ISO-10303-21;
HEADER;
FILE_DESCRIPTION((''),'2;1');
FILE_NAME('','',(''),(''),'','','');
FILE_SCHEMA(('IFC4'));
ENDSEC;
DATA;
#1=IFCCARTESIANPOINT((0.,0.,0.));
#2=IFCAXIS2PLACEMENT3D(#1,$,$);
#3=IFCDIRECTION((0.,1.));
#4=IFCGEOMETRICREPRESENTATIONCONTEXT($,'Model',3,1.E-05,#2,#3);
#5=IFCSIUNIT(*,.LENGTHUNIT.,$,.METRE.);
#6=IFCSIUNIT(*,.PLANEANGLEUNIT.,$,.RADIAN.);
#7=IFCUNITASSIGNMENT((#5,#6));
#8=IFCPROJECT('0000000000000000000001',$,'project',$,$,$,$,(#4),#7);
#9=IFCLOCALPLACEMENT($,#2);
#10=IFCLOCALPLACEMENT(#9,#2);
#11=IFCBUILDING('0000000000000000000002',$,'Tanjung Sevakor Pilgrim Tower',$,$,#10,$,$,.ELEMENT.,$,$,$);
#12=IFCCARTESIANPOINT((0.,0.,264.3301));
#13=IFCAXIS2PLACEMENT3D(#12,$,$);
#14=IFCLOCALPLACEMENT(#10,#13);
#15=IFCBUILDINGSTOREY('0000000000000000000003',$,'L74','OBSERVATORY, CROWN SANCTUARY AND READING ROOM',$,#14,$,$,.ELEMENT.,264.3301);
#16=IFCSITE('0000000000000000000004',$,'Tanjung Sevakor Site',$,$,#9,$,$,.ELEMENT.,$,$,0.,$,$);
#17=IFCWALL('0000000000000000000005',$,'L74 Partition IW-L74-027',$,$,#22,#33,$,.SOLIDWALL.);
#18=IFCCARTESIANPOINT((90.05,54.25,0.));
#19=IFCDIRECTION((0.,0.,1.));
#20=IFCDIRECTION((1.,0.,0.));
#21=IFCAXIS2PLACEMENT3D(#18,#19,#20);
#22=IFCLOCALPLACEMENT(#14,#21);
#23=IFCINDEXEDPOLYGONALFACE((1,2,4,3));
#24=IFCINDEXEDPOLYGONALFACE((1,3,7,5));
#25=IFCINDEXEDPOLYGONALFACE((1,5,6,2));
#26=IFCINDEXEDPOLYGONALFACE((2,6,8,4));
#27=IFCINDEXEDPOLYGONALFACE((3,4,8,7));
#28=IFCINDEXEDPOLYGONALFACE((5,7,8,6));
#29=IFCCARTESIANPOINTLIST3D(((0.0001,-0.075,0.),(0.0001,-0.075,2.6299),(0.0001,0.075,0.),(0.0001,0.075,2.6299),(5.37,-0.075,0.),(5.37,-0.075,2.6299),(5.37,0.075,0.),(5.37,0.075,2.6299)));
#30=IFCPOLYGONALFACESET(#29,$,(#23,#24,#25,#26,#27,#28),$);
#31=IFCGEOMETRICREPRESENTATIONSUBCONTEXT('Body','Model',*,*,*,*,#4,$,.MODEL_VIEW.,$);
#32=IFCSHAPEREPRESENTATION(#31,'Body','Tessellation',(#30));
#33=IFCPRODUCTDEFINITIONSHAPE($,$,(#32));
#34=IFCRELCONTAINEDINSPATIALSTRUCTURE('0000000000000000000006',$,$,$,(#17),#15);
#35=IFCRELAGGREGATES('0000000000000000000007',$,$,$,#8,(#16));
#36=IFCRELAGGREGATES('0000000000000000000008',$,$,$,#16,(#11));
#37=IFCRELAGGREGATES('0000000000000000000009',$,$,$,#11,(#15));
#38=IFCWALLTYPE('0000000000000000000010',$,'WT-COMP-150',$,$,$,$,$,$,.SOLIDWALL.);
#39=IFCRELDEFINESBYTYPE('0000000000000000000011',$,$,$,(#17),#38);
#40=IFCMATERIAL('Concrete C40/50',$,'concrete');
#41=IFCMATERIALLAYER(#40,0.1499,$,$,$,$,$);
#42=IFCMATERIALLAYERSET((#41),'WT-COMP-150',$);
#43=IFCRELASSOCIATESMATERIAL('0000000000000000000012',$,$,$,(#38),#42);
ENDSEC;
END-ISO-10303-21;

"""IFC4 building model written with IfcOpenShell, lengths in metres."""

from ifc_helpers import new_model, si_unit, direction, frame, frame_2d, origin, place, context, subcontext, project, spatial, rectangle, extrude, material, layer, layer_set, type_object, element, save


model = new_model("IFC4")

# Units and contexts
model_context = context("Model", 3, precision=1e-05, world=origin(), true_north=direction((0.0, 1.0)))
body_context = subcontext(model_context, "Body", "Model", "MODEL_VIEW")
ifc_project = project(units=[si_unit("LENGTHUNIT", "METRE"), si_unit("PLANEANGLEUNIT", "RADIAN")], contexts=[model_context])

# Site, building, storey
site_placement = place(None, origin())
site = spatial("IfcSite", under=ifc_project, at=site_placement, Name="Tanjung Sevakor Site", CompositionType="ELEMENT", RefElevation=0.0)
building_placement = place(site_placement, origin())
building = spatial("IfcBuilding", under=site, at=building_placement, Name="Tanjung Sevakor Pilgrim Tower", CompositionType="ELEMENT")
storey_placement = place(building_placement, frame((0.0, 0.0, 264.3301)))
storey = spatial("IfcBuildingStorey", under=building, at=storey_placement, Name="L74", Description="OBSERVATORY, CROWN SANCTUARY AND READING ROOM", CompositionType="ELEMENT", Elevation=264.3301)

# Wall
ifc_material_1 = material(Name="Concrete C40/50", Category="concrete")
ifc_layer_1 = layer(ifc_material_1, 0.1499)
ifc_layer_set_1 = layer_set([ifc_layer_1], Name="WT-COMP-150")
wall_type_1 = type_object("IfcWallType", Name="WT-COMP-150", PredefinedType="SOLIDWALL", material=ifc_layer_set_1)
wall_placement = place(storey_placement, frame((90.05, 54.25, 0.0), z_axis=(0.0, 0.0, 1.0), x_axis=(1.0, 0.0, 0.0)))
element("IfcWall", 1, at=wall_placement, inside=storey, type_object=wall_type_1, Name="L74 Partition IW-L74-027", PredefinedType="SOLIDWALL", context=body_context, shape_type="SweptSolid", body=[
    extrude(rectangle(XDim=5.3699, YDim=0.1499, at=frame_2d((2.6851, 0.0))), origin(), (0.0, 0.0, 1.0), 2.6299),
])

save(model, "model.ifc")
